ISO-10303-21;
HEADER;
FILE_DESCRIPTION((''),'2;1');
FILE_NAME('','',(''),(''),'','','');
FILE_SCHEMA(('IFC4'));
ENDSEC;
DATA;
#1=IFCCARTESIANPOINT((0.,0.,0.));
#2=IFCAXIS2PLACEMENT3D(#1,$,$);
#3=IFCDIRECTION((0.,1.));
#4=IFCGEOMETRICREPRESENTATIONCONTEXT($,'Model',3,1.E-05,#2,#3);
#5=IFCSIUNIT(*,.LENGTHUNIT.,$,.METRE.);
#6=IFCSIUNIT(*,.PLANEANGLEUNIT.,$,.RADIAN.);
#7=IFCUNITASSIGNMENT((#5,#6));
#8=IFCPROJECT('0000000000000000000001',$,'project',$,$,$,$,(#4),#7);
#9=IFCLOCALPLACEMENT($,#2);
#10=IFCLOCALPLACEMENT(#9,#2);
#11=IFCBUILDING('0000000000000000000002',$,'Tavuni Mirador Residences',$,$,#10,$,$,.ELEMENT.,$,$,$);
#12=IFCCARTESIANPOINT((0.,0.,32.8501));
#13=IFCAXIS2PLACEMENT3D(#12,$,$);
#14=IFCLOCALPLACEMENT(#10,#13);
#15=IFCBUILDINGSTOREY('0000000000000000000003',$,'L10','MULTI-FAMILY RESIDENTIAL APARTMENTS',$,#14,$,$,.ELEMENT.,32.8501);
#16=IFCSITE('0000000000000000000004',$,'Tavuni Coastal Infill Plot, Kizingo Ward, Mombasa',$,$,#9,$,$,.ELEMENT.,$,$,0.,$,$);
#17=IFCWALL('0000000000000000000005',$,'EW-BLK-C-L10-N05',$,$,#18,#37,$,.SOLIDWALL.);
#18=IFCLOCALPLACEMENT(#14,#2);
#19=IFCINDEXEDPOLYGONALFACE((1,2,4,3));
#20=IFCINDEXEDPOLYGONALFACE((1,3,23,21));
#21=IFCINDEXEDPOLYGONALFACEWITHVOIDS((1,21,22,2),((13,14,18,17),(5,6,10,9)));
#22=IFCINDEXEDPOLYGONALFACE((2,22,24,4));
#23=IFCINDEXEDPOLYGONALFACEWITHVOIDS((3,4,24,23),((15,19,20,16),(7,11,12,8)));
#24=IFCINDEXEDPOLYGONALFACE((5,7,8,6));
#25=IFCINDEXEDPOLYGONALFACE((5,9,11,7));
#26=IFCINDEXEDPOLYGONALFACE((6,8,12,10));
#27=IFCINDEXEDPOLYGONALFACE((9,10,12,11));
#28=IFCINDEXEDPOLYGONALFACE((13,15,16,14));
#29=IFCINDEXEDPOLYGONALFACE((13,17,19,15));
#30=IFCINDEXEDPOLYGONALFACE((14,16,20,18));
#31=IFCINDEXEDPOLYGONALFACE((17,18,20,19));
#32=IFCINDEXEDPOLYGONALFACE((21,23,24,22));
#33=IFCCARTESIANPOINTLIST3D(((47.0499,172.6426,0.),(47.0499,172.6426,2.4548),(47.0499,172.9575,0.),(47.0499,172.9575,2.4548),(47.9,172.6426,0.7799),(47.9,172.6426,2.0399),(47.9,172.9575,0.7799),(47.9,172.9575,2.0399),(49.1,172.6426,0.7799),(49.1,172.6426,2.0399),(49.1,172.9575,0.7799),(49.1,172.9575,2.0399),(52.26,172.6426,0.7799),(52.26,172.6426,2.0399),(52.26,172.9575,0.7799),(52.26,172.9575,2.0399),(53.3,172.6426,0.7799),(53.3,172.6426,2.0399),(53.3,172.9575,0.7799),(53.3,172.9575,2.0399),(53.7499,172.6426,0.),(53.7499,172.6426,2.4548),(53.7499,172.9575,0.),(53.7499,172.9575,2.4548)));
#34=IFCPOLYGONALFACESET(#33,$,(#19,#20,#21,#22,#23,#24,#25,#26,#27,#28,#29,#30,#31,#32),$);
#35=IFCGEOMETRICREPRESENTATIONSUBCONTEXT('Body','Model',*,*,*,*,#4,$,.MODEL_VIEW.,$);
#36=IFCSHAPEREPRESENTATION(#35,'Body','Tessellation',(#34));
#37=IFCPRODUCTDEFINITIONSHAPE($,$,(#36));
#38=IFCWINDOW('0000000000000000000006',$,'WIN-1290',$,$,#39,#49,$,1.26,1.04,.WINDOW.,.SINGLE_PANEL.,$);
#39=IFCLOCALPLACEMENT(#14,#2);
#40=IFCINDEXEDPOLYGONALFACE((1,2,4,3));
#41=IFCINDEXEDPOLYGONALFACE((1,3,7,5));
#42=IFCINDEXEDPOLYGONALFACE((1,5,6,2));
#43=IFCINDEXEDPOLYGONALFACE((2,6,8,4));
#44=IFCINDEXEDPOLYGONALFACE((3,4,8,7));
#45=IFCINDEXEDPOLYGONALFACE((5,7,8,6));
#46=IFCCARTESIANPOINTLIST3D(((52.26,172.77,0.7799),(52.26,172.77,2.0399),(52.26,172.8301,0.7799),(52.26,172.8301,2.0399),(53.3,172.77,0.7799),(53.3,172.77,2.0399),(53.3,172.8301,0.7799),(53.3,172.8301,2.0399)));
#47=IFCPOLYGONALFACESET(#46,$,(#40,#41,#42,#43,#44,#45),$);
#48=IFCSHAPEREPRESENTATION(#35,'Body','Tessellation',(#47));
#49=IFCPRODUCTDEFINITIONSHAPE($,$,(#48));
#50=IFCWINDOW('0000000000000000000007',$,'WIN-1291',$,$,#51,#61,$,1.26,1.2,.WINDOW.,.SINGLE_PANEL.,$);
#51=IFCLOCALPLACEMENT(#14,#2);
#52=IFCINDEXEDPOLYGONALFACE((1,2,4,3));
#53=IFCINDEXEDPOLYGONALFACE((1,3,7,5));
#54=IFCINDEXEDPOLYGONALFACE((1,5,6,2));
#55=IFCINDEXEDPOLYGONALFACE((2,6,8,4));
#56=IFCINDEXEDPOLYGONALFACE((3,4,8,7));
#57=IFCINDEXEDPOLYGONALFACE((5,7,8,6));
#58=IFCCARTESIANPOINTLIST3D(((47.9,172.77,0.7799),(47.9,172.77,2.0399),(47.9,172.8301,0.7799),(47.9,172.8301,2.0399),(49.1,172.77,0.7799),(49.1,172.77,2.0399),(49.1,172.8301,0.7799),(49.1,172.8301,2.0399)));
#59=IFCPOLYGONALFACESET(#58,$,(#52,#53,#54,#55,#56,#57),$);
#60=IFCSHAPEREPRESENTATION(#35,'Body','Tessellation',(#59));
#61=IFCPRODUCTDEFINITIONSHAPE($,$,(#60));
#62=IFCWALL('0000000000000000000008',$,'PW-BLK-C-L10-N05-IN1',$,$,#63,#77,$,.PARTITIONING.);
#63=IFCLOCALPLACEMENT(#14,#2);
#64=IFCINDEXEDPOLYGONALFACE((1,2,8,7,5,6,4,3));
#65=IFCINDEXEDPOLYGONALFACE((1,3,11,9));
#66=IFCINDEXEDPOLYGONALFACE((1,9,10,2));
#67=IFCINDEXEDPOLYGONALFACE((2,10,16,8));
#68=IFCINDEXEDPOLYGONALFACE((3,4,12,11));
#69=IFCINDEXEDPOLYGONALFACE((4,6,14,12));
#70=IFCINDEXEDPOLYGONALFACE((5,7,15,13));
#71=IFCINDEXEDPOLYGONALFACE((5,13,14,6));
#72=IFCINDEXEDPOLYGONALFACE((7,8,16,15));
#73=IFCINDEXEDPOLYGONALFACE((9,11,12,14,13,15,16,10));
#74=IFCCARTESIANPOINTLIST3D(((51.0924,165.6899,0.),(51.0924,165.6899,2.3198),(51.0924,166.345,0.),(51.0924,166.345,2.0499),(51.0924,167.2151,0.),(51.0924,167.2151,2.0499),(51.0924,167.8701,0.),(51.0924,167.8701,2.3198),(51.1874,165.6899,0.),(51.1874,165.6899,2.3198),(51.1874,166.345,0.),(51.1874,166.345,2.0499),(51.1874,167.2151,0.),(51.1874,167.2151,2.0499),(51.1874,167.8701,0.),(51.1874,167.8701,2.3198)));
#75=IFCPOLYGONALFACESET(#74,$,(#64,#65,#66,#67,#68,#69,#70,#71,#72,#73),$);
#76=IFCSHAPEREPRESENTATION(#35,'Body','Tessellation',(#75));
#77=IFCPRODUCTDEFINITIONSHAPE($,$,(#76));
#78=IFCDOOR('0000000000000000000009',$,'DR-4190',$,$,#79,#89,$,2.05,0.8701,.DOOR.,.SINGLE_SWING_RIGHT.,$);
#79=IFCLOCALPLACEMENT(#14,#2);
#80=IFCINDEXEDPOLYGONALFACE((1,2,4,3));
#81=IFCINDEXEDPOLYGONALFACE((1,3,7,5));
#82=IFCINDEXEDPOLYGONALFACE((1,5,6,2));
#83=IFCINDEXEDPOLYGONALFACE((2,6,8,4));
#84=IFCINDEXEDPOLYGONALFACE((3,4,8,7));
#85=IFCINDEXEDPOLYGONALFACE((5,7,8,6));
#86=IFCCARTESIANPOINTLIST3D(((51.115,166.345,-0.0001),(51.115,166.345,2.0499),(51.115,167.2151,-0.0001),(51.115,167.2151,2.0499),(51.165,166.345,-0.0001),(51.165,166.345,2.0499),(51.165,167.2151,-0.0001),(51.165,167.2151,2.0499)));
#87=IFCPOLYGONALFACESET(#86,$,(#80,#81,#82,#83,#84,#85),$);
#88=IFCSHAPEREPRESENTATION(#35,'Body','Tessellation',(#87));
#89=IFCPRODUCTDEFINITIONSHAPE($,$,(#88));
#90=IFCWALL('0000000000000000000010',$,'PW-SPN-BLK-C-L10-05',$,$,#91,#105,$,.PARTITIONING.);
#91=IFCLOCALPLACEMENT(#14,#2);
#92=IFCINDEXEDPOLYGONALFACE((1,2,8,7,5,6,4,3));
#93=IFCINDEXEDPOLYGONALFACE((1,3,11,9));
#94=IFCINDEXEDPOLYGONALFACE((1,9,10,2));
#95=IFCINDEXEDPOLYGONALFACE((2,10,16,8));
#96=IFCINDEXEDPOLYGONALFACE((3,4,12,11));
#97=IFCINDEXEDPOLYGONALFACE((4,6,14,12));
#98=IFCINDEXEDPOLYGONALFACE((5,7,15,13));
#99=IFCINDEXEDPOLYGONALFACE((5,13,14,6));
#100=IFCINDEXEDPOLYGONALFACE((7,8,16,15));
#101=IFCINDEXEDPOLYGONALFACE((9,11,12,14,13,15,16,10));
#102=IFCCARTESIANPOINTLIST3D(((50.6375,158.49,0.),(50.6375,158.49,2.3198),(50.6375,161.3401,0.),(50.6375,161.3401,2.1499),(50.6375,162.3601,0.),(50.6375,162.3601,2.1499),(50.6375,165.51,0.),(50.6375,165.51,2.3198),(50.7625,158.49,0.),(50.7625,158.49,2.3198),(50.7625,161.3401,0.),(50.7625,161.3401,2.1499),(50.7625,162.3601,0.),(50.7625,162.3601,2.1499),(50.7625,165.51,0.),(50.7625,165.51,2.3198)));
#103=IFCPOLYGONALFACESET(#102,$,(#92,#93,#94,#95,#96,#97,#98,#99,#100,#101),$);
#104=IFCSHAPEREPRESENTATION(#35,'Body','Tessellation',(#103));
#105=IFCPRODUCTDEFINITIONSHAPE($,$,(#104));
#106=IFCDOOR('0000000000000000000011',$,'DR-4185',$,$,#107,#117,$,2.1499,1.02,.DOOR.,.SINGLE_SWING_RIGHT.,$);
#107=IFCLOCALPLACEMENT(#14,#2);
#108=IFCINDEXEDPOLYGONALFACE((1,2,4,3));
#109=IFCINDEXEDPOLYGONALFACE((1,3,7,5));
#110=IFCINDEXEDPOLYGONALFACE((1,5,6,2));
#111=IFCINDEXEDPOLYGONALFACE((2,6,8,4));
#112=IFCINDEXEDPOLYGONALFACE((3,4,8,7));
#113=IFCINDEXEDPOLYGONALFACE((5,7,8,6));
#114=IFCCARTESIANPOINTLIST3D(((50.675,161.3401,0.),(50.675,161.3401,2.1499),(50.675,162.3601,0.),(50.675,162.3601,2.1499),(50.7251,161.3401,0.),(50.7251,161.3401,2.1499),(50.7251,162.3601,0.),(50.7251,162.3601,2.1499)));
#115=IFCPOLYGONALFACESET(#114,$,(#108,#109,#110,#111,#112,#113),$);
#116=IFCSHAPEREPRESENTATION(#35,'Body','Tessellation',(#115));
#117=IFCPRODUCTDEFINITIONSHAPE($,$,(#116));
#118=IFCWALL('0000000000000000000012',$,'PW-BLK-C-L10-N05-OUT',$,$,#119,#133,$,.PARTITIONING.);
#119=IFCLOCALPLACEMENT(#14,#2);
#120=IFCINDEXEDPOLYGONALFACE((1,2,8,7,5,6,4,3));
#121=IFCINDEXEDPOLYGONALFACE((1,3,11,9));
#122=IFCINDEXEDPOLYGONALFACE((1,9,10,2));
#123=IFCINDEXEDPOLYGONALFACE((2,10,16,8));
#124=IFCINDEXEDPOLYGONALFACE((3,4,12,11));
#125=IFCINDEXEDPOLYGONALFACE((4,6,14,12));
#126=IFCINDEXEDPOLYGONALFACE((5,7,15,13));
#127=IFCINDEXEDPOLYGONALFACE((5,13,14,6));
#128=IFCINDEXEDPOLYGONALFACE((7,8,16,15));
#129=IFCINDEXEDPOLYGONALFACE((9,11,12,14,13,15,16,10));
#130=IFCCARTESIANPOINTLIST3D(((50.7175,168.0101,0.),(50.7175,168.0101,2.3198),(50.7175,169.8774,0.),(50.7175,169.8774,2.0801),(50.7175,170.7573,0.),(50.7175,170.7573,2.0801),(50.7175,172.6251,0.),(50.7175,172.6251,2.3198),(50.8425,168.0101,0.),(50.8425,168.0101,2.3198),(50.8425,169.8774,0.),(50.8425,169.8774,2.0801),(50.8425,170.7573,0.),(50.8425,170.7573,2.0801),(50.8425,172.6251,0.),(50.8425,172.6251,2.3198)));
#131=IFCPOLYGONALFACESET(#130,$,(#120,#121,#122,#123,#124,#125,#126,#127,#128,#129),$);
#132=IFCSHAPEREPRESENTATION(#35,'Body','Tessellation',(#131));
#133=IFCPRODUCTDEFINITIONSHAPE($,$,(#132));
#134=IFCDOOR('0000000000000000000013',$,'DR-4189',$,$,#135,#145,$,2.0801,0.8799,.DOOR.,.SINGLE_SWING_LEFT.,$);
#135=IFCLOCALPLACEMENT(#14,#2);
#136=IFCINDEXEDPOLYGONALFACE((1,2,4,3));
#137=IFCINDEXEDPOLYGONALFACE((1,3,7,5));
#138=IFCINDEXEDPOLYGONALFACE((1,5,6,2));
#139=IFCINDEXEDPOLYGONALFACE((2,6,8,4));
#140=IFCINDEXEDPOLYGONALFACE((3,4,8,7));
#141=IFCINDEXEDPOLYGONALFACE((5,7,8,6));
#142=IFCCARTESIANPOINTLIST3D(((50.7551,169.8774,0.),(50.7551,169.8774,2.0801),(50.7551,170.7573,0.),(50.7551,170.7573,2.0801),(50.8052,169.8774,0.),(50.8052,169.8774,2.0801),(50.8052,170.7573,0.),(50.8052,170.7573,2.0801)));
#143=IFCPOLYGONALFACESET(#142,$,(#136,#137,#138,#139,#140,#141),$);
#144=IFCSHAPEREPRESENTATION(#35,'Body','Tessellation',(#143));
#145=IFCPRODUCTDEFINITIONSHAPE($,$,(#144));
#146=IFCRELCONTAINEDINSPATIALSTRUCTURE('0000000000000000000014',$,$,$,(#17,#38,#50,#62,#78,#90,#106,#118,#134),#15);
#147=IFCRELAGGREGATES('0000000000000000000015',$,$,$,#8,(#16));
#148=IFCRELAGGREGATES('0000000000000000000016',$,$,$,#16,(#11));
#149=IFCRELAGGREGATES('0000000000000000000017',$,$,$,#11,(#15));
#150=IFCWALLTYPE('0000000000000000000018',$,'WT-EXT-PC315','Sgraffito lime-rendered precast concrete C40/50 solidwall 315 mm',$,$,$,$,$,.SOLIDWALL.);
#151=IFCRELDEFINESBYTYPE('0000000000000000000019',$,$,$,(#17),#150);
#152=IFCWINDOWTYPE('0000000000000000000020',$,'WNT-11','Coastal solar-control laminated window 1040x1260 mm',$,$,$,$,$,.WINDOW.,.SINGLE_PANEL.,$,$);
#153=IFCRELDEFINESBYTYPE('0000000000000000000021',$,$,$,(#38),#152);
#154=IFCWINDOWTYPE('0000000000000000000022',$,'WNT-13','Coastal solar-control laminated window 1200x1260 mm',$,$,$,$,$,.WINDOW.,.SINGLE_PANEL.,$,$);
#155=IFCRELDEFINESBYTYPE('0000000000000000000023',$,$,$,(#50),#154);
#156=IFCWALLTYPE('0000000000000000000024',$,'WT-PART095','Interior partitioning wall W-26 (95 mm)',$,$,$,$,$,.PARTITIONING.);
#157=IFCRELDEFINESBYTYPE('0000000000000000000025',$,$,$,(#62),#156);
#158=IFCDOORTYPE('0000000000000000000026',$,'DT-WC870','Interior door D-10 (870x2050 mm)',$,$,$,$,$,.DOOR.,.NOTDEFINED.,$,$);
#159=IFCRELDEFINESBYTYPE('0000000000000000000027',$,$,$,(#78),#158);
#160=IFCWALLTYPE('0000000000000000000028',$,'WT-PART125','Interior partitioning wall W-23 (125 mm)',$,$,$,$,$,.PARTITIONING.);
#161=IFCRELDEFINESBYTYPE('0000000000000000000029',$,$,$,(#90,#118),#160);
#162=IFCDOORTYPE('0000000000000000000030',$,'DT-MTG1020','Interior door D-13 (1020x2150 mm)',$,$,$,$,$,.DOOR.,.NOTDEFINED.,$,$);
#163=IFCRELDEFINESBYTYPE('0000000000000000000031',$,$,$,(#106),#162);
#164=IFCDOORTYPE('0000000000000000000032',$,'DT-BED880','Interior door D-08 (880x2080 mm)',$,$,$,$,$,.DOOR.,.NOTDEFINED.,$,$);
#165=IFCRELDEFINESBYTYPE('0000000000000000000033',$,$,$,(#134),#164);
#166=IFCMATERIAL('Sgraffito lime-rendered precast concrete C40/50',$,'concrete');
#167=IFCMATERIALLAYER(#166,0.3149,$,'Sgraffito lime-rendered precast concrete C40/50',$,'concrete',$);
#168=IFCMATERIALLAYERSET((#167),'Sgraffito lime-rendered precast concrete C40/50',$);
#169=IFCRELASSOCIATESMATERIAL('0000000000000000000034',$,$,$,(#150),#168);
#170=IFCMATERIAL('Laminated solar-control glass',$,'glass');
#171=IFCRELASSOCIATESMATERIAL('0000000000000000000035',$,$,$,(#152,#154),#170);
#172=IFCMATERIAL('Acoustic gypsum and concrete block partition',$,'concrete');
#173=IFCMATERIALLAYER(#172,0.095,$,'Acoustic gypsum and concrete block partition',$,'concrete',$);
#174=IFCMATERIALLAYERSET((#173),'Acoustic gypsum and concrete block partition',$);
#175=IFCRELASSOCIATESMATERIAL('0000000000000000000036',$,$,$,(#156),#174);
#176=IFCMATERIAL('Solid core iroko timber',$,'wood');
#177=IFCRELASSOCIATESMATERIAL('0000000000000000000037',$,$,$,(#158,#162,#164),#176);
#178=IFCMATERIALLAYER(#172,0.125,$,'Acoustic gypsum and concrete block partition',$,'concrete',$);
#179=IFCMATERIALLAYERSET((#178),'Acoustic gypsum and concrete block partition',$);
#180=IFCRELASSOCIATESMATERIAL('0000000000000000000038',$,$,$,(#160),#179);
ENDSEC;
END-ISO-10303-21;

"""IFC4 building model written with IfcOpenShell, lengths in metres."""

from ifc_helpers import new_model, si_unit, direction, frame, frame_2d, origin, place, context, subcontext, project, spatial, rectangle, extrude, material, layer, layer_set, type_object, element, fill, save


model = new_model("IFC4")

# Units and contexts
model_context = context("Model", 3, precision=1e-05, world=origin(), true_north=direction((0.0, 1.0)))
body_context = subcontext(model_context, "Body", "Model", "MODEL_VIEW")
ifc_project = project(units=[si_unit("LENGTHUNIT", "METRE"), si_unit("PLANEANGLEUNIT", "RADIAN")], contexts=[model_context])

# Site, building, storey
site_placement = place(None, origin())
site = spatial("IfcSite", under=ifc_project, at=site_placement, Name="Tavuni Coastal Infill Plot, Kizingo Ward, Mombasa", CompositionType="ELEMENT", RefElevation=0.0)
building_placement = place(site_placement, origin())
building = spatial("IfcBuilding", under=site, at=building_placement, Name="Tavuni Mirador Residences", CompositionType="ELEMENT")
storey_placement = place(building_placement, frame((0.0, 0.0, 32.8501)))
storey = spatial("IfcBuildingStorey", under=building, at=storey_placement, Name="L10", Description="MULTI-FAMILY RESIDENTIAL APARTMENTS", CompositionType="ELEMENT", Elevation=32.8501)

# Shared definitions
ifc_material_1 = material(Name="Solid core iroko timber", Category="wood")

# Wall, openings, windows
ifc_material_2 = material(Name="Sgraffito lime-rendered precast concrete C40/50", Category="concrete")
ifc_layer_1 = layer(ifc_material_2, 0.3149, Name="Sgraffito lime-rendered precast concrete C40/50", Category="concrete")
ifc_layer_set_1 = layer_set([ifc_layer_1], Name="Sgraffito lime-rendered precast concrete C40/50")
wall_type_1 = type_object("IfcWallType", Name="WT-EXT-PC315", Description="Sgraffito lime-rendered precast concrete C40/50 solidwall 315 mm", PredefinedType="SOLIDWALL", material=ifc_layer_set_1)
wall_1_placement = place(storey_placement, frame((53.75, 172.8, 0.0), z_axis=(0.0, 0.0, 1.0), x_axis=(-1.0, 0.0, 0.0)))
wall_1 = element("IfcWall", 1, at=wall_1_placement, inside=storey, type_object=wall_type_1, Name="EW-BLK-C-L10-N05", PredefinedType="SOLIDWALL", context=body_context, shape_type="SweptSolid", body=[
    extrude(rectangle(XDim=6.7, YDim=0.3149, at=frame_2d((3.3501, 0.0))), origin(), (0.0, 0.0, 1.0), 2.4548),
])
opening_1_placement = place(wall_1_placement, frame((0.45, 0.0, 0.78)))
opening_1 = element("IfcOpeningElement", 2, at=opening_1_placement, cuts=wall_1, PredefinedType="OPENING", context=body_context, shape_type="SweptSolid", body=[
    extrude(rectangle(XDim=1.04, YDim=1.26, at=frame_2d((0.52, 0.6299))), frame((0.0, 0.1675, 0.0), z_axis=(0.0, -1.0, 0.0), x_axis=(1.0, 0.0, 0.0)), (0.0, 0.0, 1.0), 0.335),
])
opening_2_placement = place(wall_1_placement, frame((4.6499, 0.0, 0.78)))
opening_2 = element("IfcOpeningElement", 3, at=opening_2_placement, cuts=wall_1, PredefinedType="OPENING", context=body_context, shape_type="SweptSolid", body=[
    extrude(rectangle(XDim=1.2, YDim=1.26, at=frame_2d((0.6001, 0.6299))), frame((0.0, 0.1675, 0.0), z_axis=(0.0, -1.0, 0.0), x_axis=(1.0, 0.0, 0.0)), (0.0, 0.0, 1.0), 0.335),
])
ifc_material_3 = material(Name="Laminated solar-control glass", Category="glass")
window_type_1 = type_object("IfcWindowType", Name="WNT-11", Description="Coastal solar-control laminated window 1040x1260 mm", PartitioningType="SINGLE_PANEL", PredefinedType="WINDOW", material=ifc_material_3)
window_1_placement = place(opening_1_placement, origin())
window_1 = element("IfcWindow", 4, at=window_1_placement, inside=storey, type_object=window_type_1, Name="WIN-1290", OverallHeight=1.26, OverallWidth=1.04, PartitioningType="SINGLE_PANEL", PredefinedType="WINDOW", context=body_context, shape_type="SweptSolid", body=[
    extrude(rectangle(XDim=1.04, YDim=1.26, at=frame_2d((0.52, 0.6299))), frame((0.0, 0.03, 0.0), z_axis=(0.0, -1.0, 0.0), x_axis=(1.0, 0.0, 0.0)), (0.0, 0.0, 1.0), 0.0601),
])
fill(opening_1, window_1)
window_type_2 = type_object("IfcWindowType", Name="WNT-13", Description="Coastal solar-control laminated window 1200x1260 mm", PartitioningType="SINGLE_PANEL", PredefinedType="WINDOW", material=ifc_material_3)
window_2_placement = place(opening_2_placement, origin())
window_2 = element("IfcWindow", 5, at=window_2_placement, inside=storey, type_object=window_type_2, Name="WIN-1291", OverallHeight=1.26, OverallWidth=1.2, PartitioningType="SINGLE_PANEL", PredefinedType="WINDOW", context=body_context, shape_type="SweptSolid", body=[
    extrude(rectangle(XDim=1.2, YDim=1.26, at=frame_2d((0.6001, 0.6299))), frame((0.0, 0.03, 0.0), z_axis=(0.0, -1.0, 0.0), x_axis=(1.0, 0.0, 0.0)), (0.0, 0.0, 1.0), 0.0601),
])
fill(opening_2, window_2)

# Walls, openings, doors
ifc_material_4 = material(Name="Acoustic gypsum and concrete block partition", Category="concrete")
ifc_layer_2 = layer(ifc_material_4, 0.095, Name="Acoustic gypsum and concrete block partition", Category="concrete")
ifc_layer_set_2 = layer_set([ifc_layer_2], Name="Acoustic gypsum and concrete block partition")
wall_type_2 = type_object("IfcWallType", Name="WT-PART095", Description="Interior partitioning wall W-26 (95 mm)", PredefinedType="PARTITIONING", material=ifc_layer_set_2)
wall_2_placement = place(storey_placement, frame((51.1399, 165.6899, 0.0), z_axis=(0.0, 0.0, 1.0), x_axis=(0.0, 1.0, 0.0)))
wall_2 = element("IfcWall", 6, at=wall_2_placement, inside=storey, type_object=wall_type_2, Name="PW-BLK-C-L10-N05-IN1", PredefinedType="PARTITIONING", context=body_context, shape_type="SweptSolid", body=[
    extrude(rectangle(XDim=2.1802, YDim=0.095, at=frame_2d((1.0901, 0.0))), origin(), (0.0, 0.0, 1.0), 2.3198),
])
opening_3_placement = place(wall_2_placement, frame((0.655, 0.0, 0.0)))
opening_3 = element("IfcOpeningElement", 7, at=opening_3_placement, cuts=wall_2, PredefinedType="OPENING", context=body_context, shape_type="SweptSolid", body=[
    extrude(rectangle(XDim=0.8701, YDim=2.05, at=frame_2d((0.4351, 1.0249))), frame((0.0, 0.0576, 0.0), z_axis=(0.0, -1.0, 0.0), x_axis=(1.0, 0.0, 0.0)), (0.0, 0.0, 1.0), 0.115),
])
door_type_1 = type_object("IfcDoorType", Name="DT-WC870", Description="Interior door D-10 (870x2050 mm)", OperationType="NOTDEFINED", PredefinedType="DOOR", material=ifc_material_1)
door_1_placement = place(opening_3_placement, origin())
door_1 = element("IfcDoor", 8, at=door_1_placement, inside=storey, type_object=door_type_1, Name="DR-4190", OperationType="SINGLE_SWING_RIGHT", OverallHeight=2.05, OverallWidth=0.8701, PredefinedType="DOOR", context=body_context, shape_type="SweptSolid", body=[
    extrude(rectangle(XDim=0.8701, YDim=2.05, at=frame_2d((0.4351, 1.0249))), frame((0.0, 0.0249, 0.0), z_axis=(0.0, -1.0, 0.0), x_axis=(1.0, 0.0, 0.0)), (0.0, 0.0, 1.0), 0.05),
])
fill(opening_3, door_1)
ifc_layer_3 = layer(ifc_material_4, 0.125, Name="Acoustic gypsum and concrete block partition", Category="concrete")
ifc_layer_set_3 = layer_set([ifc_layer_3], Name="Acoustic gypsum and concrete block partition")
wall_type_3 = type_object("IfcWallType", Name="WT-PART125", Description="Interior partitioning wall W-23 (125 mm)", PredefinedType="PARTITIONING", material=ifc_layer_set_3)
wall_3_placement = place(storey_placement, frame((50.7, 158.49, 0.0), z_axis=(0.0, 0.0, 1.0), x_axis=(0.0, 1.0, 0.0)))
wall_3 = element("IfcWall", 9, at=wall_3_placement, inside=storey, type_object=wall_type_3, Name="PW-SPN-BLK-C-L10-05", PredefinedType="PARTITIONING", context=body_context, shape_type="SweptSolid", body=[
    extrude(rectangle(XDim=7.02, YDim=0.125, at=frame_2d((3.51, 0.0))), origin(), (0.0, 0.0, 1.0), 2.3198),
])
opening_4_placement = place(wall_3_placement, frame((2.8501, 0.0, 0.0)))
opening_4 = element("IfcOpeningElement", 10, at=opening_4_placement, cuts=wall_3, PredefinedType="OPENING", context=body_context, shape_type="SweptSolid", body=[
    extrude(rectangle(XDim=1.02, YDim=2.1499, at=frame_2d((0.51, 1.075))), frame((0.0, 0.0725, 0.0), z_axis=(0.0, -1.0, 0.0), x_axis=(1.0, 0.0, 0.0)), (0.0, 0.0, 1.0), 0.145),
])
door_type_2 = type_object("IfcDoorType", Name="DT-MTG1020", Description="Interior door D-13 (1020x2150 mm)", OperationType="NOTDEFINED", PredefinedType="DOOR", material=ifc_material_1)
door_2_placement = place(opening_4_placement, origin())
door_2 = element("IfcDoor", 11, at=door_2_placement, inside=storey, type_object=door_type_2, Name="DR-4185", OperationType="SINGLE_SWING_RIGHT", OverallHeight=2.1499, OverallWidth=1.02, PredefinedType="DOOR", context=body_context, shape_type="SweptSolid", body=[
    extrude(rectangle(XDim=1.02, YDim=2.1499, at=frame_2d((0.51, 1.075))), frame((0.0, 0.0249, 0.0), z_axis=(0.0, -1.0, 0.0), x_axis=(1.0, 0.0, 0.0)), (0.0, 0.0, 1.0), 0.05),
])
fill(opening_4, door_2)
wall_4_placement = place(storey_placement, frame((50.78, 168.01, 0.0), z_axis=(0.0, 0.0, 1.0), x_axis=(0.0, 1.0, 0.0)))
wall_4 = element("IfcWall", 12, at=wall_4_placement, inside=storey, type_object=wall_type_3, Name="PW-BLK-C-L10-N05-OUT", PredefinedType="PARTITIONING", context=body_context, shape_type="SweptSolid", body=[
    extrude(rectangle(XDim=4.615, YDim=0.125, at=frame_2d((2.3076, 0.0))), origin(), (0.0, 0.0, 1.0), 2.3198),
])
opening_5_placement = place(wall_4_placement, frame((1.8674, 0.0, 0.0)))
opening_5 = element("IfcOpeningElement", 13, at=opening_5_placement, cuts=wall_4, PredefinedType="OPENING", context=body_context, shape_type="SweptSolid", body=[
    extrude(rectangle(XDim=0.8799, YDim=2.0801, at=frame_2d((0.4399, 1.04))), frame((0.0, 0.0725, 0.0), z_axis=(0.0, -1.0, 0.0), x_axis=(1.0, 0.0, 0.0)), (0.0, 0.0, 1.0), 0.145),
])
door_type_3 = type_object("IfcDoorType", Name="DT-BED880", Description="Interior door D-08 (880x2080 mm)", OperationType="NOTDEFINED", PredefinedType="DOOR", material=ifc_material_1)
door_3_placement = place(opening_5_placement, origin())
door_3 = element("IfcDoor", 14, at=door_3_placement, inside=storey, type_object=door_type_3, Name="DR-4189", OperationType="SINGLE_SWING_LEFT", OverallHeight=2.0801, OverallWidth=0.8799, PredefinedType="DOOR", context=body_context, shape_type="SweptSolid", body=[
    extrude(rectangle(XDim=0.8799, YDim=2.0801, at=frame_2d((0.4399, 1.04))), frame((0.0, 0.0249, 0.0), z_axis=(0.0, -1.0, 0.0), x_axis=(1.0, 0.0, 0.0)), (0.0, 0.0, 1.0), 0.05),
])
fill(opening_5, door_3)

save(model, "model.ifc")
